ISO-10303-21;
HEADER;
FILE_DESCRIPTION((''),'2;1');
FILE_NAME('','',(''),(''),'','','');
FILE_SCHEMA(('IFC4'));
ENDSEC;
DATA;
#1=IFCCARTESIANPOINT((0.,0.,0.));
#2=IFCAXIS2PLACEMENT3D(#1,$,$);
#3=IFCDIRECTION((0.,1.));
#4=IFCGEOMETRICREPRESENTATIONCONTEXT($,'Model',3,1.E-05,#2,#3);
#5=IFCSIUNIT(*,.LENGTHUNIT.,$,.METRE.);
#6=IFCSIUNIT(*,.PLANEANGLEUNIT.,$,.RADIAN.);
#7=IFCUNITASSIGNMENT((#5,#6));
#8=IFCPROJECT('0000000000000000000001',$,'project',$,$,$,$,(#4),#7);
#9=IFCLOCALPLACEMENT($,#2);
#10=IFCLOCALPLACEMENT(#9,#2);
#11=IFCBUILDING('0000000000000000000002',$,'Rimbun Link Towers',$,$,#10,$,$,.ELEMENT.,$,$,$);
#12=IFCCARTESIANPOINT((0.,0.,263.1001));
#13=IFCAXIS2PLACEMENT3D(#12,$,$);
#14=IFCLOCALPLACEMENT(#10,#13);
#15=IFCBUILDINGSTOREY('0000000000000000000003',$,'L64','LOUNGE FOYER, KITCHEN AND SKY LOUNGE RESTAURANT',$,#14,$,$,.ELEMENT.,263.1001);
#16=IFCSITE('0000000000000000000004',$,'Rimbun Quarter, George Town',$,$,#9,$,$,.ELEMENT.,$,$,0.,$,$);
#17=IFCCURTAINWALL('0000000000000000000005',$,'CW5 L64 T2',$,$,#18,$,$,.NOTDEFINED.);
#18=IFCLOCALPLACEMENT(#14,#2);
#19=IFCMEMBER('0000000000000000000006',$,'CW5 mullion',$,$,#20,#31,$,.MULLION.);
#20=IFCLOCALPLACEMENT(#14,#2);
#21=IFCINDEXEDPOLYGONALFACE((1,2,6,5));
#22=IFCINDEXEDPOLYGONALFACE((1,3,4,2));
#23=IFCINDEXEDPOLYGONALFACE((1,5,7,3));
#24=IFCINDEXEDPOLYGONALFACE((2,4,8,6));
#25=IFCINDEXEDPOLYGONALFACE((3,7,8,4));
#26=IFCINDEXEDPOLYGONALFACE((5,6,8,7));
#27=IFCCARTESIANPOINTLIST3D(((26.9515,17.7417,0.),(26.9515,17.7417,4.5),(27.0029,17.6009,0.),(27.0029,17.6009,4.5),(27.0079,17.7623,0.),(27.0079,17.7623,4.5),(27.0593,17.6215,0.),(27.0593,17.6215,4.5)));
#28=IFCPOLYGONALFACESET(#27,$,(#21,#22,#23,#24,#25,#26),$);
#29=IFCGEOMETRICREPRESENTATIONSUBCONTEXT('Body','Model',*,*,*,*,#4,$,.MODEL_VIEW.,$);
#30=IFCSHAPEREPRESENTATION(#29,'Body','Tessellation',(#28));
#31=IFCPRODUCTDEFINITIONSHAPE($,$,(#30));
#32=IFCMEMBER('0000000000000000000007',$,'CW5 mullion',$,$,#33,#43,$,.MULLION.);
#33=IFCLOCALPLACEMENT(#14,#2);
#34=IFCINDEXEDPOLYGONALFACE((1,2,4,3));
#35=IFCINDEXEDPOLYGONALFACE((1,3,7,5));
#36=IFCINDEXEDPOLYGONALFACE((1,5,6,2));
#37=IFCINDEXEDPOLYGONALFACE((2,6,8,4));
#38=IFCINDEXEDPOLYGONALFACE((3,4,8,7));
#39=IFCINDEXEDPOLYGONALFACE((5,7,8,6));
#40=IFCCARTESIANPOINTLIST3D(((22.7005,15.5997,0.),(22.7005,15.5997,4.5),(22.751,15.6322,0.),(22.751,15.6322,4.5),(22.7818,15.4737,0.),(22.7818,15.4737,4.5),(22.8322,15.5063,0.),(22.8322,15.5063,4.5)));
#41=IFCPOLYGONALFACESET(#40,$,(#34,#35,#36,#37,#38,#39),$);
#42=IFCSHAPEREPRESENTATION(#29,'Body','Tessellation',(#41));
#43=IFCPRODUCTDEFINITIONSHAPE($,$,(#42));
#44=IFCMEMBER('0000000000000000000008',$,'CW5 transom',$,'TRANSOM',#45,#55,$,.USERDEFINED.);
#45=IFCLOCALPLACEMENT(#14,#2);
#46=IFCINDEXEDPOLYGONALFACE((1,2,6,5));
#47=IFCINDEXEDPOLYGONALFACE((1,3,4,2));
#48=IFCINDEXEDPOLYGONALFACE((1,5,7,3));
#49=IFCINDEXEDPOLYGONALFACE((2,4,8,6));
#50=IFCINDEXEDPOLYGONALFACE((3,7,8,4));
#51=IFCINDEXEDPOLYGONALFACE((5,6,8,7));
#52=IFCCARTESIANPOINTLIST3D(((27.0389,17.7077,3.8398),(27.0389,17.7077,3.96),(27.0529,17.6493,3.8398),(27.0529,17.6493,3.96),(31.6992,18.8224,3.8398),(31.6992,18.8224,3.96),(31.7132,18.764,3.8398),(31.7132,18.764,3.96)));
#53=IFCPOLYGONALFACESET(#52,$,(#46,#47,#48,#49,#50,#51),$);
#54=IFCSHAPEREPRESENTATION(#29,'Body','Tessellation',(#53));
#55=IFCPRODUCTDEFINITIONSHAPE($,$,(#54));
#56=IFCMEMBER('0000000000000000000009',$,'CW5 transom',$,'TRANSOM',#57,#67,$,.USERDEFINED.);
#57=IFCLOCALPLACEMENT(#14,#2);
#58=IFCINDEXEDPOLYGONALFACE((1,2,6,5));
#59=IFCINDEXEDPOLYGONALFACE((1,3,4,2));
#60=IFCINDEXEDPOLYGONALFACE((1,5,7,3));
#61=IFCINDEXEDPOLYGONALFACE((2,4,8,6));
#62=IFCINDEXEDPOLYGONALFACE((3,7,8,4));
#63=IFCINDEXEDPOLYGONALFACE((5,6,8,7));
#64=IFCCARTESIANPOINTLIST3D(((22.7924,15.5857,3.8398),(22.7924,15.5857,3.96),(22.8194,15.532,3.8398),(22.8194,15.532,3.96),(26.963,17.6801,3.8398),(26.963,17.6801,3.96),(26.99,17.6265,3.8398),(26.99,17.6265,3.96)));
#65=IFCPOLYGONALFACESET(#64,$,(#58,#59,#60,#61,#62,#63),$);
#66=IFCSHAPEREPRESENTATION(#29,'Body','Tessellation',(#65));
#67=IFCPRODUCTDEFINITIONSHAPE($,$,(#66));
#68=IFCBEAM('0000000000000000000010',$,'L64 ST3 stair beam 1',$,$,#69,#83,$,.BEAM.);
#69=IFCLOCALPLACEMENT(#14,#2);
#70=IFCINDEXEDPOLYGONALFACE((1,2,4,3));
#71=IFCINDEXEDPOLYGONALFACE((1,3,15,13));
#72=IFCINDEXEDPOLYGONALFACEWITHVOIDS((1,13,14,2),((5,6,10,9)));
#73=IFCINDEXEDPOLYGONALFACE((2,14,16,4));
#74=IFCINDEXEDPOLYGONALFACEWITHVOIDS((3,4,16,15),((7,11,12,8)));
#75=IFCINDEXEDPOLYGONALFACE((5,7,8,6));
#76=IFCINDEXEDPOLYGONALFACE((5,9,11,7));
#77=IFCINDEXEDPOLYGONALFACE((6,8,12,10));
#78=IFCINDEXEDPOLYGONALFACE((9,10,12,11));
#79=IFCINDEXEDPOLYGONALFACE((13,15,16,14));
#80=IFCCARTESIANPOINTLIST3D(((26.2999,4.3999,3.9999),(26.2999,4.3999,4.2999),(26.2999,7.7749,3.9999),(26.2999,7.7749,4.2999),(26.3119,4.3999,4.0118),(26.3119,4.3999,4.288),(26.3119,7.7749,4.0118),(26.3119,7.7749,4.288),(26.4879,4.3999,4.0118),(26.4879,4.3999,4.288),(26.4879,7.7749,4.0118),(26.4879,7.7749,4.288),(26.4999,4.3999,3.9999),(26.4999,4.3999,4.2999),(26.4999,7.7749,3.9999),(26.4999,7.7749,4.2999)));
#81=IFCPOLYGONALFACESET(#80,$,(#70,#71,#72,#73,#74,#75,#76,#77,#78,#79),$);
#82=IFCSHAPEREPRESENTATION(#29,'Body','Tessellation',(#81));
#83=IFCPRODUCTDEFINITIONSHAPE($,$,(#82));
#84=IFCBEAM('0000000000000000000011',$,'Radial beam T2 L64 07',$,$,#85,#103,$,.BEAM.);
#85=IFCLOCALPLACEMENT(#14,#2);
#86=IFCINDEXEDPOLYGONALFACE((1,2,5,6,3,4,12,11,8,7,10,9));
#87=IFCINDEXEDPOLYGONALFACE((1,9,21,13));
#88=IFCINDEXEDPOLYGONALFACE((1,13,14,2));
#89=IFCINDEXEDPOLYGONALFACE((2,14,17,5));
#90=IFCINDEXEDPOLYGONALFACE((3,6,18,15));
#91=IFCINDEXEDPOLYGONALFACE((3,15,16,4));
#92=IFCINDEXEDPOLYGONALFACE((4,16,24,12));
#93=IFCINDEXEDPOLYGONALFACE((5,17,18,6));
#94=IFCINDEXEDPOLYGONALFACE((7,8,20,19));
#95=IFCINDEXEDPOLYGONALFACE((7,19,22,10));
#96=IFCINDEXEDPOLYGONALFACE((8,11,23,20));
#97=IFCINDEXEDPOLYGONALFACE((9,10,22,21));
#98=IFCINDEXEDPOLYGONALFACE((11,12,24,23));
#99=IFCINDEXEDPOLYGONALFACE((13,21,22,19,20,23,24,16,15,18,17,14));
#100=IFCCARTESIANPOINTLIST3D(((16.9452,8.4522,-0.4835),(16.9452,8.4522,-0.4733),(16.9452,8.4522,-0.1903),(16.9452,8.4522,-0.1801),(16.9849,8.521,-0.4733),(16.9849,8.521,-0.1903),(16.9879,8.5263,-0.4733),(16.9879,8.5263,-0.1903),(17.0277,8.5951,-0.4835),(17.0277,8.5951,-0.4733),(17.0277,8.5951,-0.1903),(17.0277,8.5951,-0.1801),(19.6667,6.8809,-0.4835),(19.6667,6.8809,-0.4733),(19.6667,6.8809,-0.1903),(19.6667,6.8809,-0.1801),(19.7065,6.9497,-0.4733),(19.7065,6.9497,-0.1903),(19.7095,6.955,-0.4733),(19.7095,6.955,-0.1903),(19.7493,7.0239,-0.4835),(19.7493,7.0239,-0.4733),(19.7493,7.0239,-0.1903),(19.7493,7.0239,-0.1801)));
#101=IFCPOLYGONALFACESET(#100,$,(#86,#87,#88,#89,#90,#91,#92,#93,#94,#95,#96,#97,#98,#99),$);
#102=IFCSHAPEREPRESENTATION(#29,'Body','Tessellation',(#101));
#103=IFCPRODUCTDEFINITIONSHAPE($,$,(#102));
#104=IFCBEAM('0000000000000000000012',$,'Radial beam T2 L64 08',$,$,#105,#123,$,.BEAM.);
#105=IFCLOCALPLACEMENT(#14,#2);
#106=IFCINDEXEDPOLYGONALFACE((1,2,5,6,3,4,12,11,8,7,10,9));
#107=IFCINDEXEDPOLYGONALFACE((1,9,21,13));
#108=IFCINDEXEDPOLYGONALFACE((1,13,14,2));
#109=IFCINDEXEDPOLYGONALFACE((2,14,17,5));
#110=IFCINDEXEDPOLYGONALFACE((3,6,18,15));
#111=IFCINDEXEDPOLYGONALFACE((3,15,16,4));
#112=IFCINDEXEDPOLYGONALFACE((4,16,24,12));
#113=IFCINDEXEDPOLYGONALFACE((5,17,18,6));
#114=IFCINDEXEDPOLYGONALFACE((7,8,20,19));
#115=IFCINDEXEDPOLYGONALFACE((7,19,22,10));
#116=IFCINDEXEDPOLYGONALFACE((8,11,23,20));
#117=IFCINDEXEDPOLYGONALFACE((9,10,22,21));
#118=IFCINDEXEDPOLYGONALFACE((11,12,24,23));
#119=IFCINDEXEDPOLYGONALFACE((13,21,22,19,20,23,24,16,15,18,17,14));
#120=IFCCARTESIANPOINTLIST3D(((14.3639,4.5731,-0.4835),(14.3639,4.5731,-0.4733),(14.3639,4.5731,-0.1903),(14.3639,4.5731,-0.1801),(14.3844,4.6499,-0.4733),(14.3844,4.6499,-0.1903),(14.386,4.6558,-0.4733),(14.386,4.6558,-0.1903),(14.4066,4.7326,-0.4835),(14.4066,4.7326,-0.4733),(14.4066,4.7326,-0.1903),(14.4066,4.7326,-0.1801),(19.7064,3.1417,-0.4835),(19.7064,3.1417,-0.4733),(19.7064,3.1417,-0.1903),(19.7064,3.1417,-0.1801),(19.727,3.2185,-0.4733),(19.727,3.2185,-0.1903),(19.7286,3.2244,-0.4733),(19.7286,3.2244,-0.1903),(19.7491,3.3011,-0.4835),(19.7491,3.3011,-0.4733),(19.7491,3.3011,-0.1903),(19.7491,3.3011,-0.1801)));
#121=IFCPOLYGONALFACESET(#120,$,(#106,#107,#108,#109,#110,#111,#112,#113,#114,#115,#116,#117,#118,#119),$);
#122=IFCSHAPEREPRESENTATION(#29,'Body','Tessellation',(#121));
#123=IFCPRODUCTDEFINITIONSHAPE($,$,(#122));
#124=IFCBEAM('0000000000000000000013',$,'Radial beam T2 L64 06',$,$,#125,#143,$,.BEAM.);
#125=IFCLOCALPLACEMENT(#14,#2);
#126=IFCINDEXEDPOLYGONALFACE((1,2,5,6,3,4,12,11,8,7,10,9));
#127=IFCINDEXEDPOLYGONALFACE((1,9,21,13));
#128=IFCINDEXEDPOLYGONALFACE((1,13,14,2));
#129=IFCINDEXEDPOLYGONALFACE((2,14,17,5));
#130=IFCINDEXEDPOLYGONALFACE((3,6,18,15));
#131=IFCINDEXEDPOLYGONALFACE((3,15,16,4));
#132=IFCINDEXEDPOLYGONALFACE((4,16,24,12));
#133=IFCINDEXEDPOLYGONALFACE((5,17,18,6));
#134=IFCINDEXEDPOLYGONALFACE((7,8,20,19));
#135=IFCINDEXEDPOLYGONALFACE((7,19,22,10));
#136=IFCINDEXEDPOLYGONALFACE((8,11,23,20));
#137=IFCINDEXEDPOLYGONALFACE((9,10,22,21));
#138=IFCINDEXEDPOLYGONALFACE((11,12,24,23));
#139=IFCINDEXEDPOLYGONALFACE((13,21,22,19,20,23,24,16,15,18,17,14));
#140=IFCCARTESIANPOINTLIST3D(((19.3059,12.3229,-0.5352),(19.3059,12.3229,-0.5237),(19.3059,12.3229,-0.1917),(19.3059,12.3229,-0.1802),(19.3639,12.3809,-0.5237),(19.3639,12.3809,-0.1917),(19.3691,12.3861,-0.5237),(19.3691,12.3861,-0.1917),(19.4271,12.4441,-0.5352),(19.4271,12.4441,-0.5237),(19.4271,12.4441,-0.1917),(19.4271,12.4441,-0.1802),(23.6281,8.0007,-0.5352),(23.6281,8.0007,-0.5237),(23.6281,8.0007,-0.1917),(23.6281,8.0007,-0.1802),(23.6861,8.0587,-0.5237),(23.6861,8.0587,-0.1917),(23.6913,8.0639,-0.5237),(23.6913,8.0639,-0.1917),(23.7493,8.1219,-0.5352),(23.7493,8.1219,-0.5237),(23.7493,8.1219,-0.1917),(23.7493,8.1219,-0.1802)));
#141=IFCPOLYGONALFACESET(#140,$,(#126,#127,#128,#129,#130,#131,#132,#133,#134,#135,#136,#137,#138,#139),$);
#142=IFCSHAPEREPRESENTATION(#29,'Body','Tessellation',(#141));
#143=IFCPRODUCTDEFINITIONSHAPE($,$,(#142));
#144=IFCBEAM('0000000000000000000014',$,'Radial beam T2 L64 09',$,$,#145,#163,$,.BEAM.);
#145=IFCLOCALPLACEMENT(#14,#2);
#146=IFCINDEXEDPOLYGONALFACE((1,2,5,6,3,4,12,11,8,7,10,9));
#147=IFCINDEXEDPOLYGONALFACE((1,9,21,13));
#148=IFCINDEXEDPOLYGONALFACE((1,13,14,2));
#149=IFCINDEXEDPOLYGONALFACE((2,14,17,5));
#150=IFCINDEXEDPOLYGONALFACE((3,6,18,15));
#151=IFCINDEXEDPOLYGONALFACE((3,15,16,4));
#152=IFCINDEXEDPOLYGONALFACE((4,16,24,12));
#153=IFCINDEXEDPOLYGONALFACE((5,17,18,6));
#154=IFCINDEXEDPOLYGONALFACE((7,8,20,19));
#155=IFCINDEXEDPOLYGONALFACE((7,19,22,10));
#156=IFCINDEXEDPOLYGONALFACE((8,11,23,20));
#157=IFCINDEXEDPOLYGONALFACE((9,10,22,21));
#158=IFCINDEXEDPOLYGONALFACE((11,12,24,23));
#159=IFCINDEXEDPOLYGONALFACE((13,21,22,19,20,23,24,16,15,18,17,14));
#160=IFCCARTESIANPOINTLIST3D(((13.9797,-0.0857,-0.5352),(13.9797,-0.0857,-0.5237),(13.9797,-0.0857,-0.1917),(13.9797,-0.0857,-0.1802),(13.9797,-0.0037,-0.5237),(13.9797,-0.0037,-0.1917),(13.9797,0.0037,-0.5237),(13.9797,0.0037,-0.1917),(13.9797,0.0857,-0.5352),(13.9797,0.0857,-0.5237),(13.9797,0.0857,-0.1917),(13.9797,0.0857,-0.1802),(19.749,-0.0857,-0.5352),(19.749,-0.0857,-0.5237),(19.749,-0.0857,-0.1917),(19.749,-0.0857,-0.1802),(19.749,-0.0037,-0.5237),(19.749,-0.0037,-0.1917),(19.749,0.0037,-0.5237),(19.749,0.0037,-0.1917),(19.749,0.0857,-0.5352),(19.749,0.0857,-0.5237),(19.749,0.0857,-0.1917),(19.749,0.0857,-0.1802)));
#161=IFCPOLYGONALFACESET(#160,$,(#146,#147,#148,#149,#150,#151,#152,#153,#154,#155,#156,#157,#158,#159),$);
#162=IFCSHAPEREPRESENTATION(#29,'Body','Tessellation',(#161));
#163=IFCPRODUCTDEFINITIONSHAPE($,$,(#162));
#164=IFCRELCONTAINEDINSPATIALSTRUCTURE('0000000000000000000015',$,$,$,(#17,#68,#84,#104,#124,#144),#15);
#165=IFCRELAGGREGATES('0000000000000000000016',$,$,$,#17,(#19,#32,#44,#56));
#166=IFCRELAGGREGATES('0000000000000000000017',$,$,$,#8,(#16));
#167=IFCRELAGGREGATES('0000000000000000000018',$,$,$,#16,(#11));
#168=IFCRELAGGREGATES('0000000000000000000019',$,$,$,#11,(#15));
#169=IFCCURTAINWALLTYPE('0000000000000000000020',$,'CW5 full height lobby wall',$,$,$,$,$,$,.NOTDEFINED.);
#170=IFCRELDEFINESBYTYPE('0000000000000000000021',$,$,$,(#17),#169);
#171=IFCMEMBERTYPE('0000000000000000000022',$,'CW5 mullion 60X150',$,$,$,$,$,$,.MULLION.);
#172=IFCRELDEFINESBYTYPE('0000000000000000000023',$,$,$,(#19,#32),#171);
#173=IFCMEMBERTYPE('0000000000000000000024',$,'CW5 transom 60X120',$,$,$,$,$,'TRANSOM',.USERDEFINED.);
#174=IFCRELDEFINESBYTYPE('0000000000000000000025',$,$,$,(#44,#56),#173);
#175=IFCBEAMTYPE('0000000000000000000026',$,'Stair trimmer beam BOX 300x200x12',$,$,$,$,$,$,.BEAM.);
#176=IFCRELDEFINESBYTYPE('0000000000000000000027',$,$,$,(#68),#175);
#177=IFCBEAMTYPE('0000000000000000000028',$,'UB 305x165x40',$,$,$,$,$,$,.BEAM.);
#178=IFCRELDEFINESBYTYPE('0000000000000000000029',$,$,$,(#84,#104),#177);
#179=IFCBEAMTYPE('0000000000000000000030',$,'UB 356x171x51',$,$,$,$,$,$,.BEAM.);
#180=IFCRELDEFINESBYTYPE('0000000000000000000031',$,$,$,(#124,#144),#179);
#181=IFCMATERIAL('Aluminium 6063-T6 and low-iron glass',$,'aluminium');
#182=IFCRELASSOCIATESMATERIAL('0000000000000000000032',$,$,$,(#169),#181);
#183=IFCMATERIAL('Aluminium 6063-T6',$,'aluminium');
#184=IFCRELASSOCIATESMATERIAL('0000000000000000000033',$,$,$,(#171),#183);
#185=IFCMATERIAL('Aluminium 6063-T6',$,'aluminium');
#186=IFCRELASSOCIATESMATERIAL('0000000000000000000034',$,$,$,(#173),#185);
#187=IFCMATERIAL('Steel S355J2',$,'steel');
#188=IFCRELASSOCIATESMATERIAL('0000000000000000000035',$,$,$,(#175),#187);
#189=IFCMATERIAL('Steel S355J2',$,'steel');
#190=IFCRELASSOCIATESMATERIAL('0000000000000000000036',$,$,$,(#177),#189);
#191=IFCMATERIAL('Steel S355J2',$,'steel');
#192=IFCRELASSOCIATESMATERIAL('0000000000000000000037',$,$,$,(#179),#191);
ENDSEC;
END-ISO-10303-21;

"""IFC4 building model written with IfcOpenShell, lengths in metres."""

from ifc_helpers import new_model, si_unit, direction, frame, origin, origin_2d, place, context, subcontext, project, spatial, rectangle, hollow_rectangle, i_section, extrude, material, material_profile, profile_set, type_object, element, aggregate, save


model = new_model("IFC4")

# Units and contexts
model_context = context("Model", 3, precision=1e-05, world=origin(), true_north=direction((0.0, 1.0)))
body_context = subcontext(model_context, "Body", "Model", "MODEL_VIEW")
ifc_project = project(units=[si_unit("LENGTHUNIT", "METRE"), si_unit("PLANEANGLEUNIT", "RADIAN")], contexts=[model_context])

# Site, building, storey
site_placement = place(None, origin())
site = spatial("IfcSite", under=ifc_project, at=site_placement, Name="Rimbun Quarter, George Town", CompositionType="ELEMENT", RefElevation=0.0)
building_placement = place(site_placement, origin())
building = spatial("IfcBuilding", under=site, at=building_placement, Name="Rimbun Link Towers", CompositionType="ELEMENT")
storey_placement = place(building_placement, frame((0.0, 0.0, 263.1001)))
storey = spatial("IfcBuildingStorey", under=building, at=storey_placement, Name="L64", Description="LOUNGE FOYER, KITCHEN AND SKY LOUNGE RESTAURANT", CompositionType="ELEMENT", Elevation=263.1001)

# Curtain wall, members
ifc_material_1 = material(Name="Aluminium 6063-T6 and low-iron glass", Category="aluminium")
curtain_wall_type = type_object("IfcCurtainWallType", Name="CW5 full height lobby wall", PredefinedType="NOTDEFINED", material=ifc_material_1)
curtain_wall_placement = place(storey_placement, origin())
curtain_wall = element("IfcCurtainWall", 1, at=curtain_wall_placement, inside=storey, type_object=curtain_wall_type, Name="CW5 L64 T2", PredefinedType="NOTDEFINED")
ifc_material_2 = material(Name="Aluminium 6063-T6", Category="aluminium")
ifc_material_profile_1 = material_profile(ifc_material_2, rectangle(XDim=0.1499, YDim=0.0601, at=origin_2d()), Name="MULLION 60X150")
ifc_profile_set_1 = profile_set([ifc_material_profile_1], Name="Aluminium 6063-T6")
member_type_1 = type_object("IfcMemberType", Name="CW5 mullion 60X150", PredefinedType="MULLION", material=ifc_profile_set_1)
member_1_placement = place(storey_placement, frame((27.0054, 17.6816, 0.0), z_axis=(0.0, 0.0, 1.0), x_axis=(-0.342975, 0.939345, 0.0)))
member_1 = element("IfcMember", 2, at=member_1_placement, type_object=member_type_1, Name="CW5 mullion", PredefinedType="MULLION", context=body_context, shape_type="SweptSolid", body=[
    extrude(rectangle(XDim=0.1499, YDim=0.0601, at=origin_2d()), origin(), (0.0, 0.0, 1.0), 4.5),
])
member_2_placement = place(storey_placement, frame((22.7664, 15.553, 0.0), z_axis=(0.0, 0.0, 1.0), x_axis=(-0.542096, 0.840317, 0.0)))
member_2 = element("IfcMember", 3, at=member_2_placement, type_object=member_type_1, Name="CW5 mullion", PredefinedType="MULLION", context=body_context, shape_type="SweptSolid", body=[
    extrude(rectangle(XDim=0.1499, YDim=0.0601, at=origin_2d()), origin(), (0.0, 0.0, 1.0), 4.5),
])
ifc_material_3 = material(Name="Aluminium 6063-T6", Category="aluminium")
ifc_material_profile_2 = material_profile(ifc_material_3, rectangle(XDim=0.0601, YDim=0.1201, at=origin_2d()), Name="TRANSOM 60X120")
ifc_profile_set_2 = profile_set([ifc_material_profile_2], Name="Aluminium 6063-T6")
member_type_2 = type_object("IfcMemberType", Name="CW5 transom 60X120", ElementType="TRANSOM", PredefinedType="USERDEFINED", material=ifc_profile_set_2)
member_3_placement = place(storey_placement, frame((27.0459, 17.6785, 3.8999), z_axis=(0.972565, 0.232633, 0.0), x_axis=(-0.232633, 0.972565, 0.0)))
member_3 = element("IfcMember", 4, at=member_3_placement, type_object=member_type_2, Name="CW5 transom", ObjectType="TRANSOM", PredefinedType="USERDEFINED", context=body_context, shape_type="SweptSolid", body=[
    extrude(rectangle(XDim=0.0601, YDim=0.1201, at=origin_2d()), origin(), (0.0, 0.0, 1.0), 4.7917),
])
member_4_placement = place(storey_placement, frame((22.8059, 15.5588, 3.8999), z_axis=(0.893641, 0.448782, 0.0), x_axis=(-0.448782, 0.893641, 0.0)))
member_4 = element("IfcMember", 5, at=member_4_placement, type_object=member_type_2, Name="CW5 transom", ObjectType="TRANSOM", PredefinedType="USERDEFINED", context=body_context, shape_type="SweptSolid", body=[
    extrude(rectangle(XDim=0.0601, YDim=0.1201, at=origin_2d()), origin(), (0.0, 0.0, 1.0), 4.667),
])

# Beams
ifc_material_4 = material(Name="Steel S355J2", Category="steel")
ifc_material_profile_3 = material_profile(ifc_material_4, hollow_rectangle(XDim=0.2, YDim=0.3, WallThickness=0.012, at=origin_2d()), Name="BOX 300x200x12")
ifc_profile_set_3 = profile_set([ifc_material_profile_3], Name="Steel S355J2")
beam_type_1 = type_object("IfcBeamType", Name="Stair trimmer beam BOX 300x200x12", PredefinedType="BEAM", material=ifc_profile_set_3)
beam_1_placement = place(storey_placement, frame((26.3999, 7.7749, 4.1499), z_axis=(0.0, -1.0, 0.0), x_axis=(1.0, 0.0, 0.0)))
element("IfcBeam", 6, at=beam_1_placement, inside=storey, type_object=beam_type_1, Name="L64 ST3 stair beam 1", PredefinedType="BEAM", context=body_context, shape_type="SweptSolid", body=[
    extrude(hollow_rectangle(XDim=0.2, YDim=0.3, WallThickness=0.012, at=origin_2d()), origin(), (0.0, 0.0, 1.0), 3.375),
])
ifc_material_5 = material(Name="Steel S355J2", Category="steel")
ifc_material_profile_4 = material_profile(ifc_material_5, i_section(OverallWidth=0.165, OverallDepth=0.3035, WebThickness=0.0061, FlangeThickness=0.0103, at=origin_2d()), Name="UB 305x165x40")
ifc_profile_set_4 = profile_set([ifc_material_profile_4], Name="Steel S355J2")
beam_type_2 = type_object("IfcBeamType", Name="UB 305x165x40", PredefinedType="BEAM", material=ifc_profile_set_4)
beam_2_placement = place(storey_placement, frame((19.708, 6.9524, -0.3318), z_axis=(-0.866036, 0.499982, 0.0), x_axis=(-0.499982, -0.866036, 0.0)))
element("IfcBeam", 7, at=beam_2_placement, inside=storey, type_object=beam_type_2, Name="Radial beam T2 L64 07", PredefinedType="BEAM", context=body_context, shape_type="SweptSolid", body=[
    extrude(i_section(OverallWidth=0.165, OverallDepth=0.3035, WebThickness=0.0061, FlangeThickness=0.0103, at=origin_2d()), origin(), (0.0, 0.0, 1.0), 3.1426),
])
beam_3_placement = place(storey_placement, frame((19.7278, 3.2214, -0.3318), z_axis=(-0.965932, 0.258797, 0.0), x_axis=(-0.258797, -0.965932, 0.0)))
element("IfcBeam", 8, at=beam_3_placement, inside=storey, type_object=beam_type_2, Name="Radial beam T2 L64 08", PredefinedType="BEAM", context=body_context, shape_type="SweptSolid", body=[
    extrude(i_section(OverallWidth=0.165, OverallDepth=0.3035, WebThickness=0.0061, FlangeThickness=0.0103, at=origin_2d()), origin(), (0.0, 0.0, 1.0), 5.531),
])
ifc_material_6 = material(Name="Steel S355J2", Category="steel")
ifc_material_profile_5 = material_profile(ifc_material_6, i_section(OverallWidth=0.1714, OverallDepth=0.355, WebThickness=0.0073, FlangeThickness=0.0115, at=origin_2d()), Name="UB 356x171x51")
ifc_profile_set_5 = profile_set([ifc_material_profile_5], Name="Steel S355J2")
beam_type_3 = type_object("IfcBeamType", Name="UB 356x171x51", PredefinedType="BEAM", material=ifc_profile_set_5)
beam_4_placement = place(storey_placement, frame((23.6887, 8.0613, -0.3577), z_axis=(-0.707107, 0.707107, 0.0), x_axis=(-0.707107, -0.707107, 0.0)))
element("IfcBeam", 9, at=beam_4_placement, inside=storey, type_object=beam_type_3, Name="Radial beam T2 L64 06", PredefinedType="BEAM", context=body_context, shape_type="SweptSolid", body=[
    extrude(i_section(OverallWidth=0.1714, OverallDepth=0.355, WebThickness=0.0073, FlangeThickness=0.0115, at=origin_2d()), origin(), (0.0, 0.0, 1.0), 6.1125),
])
beam_5_placement = place(storey_placement, frame((19.749, 0.0, -0.3577), z_axis=(-1.0, 0.0, 0.0), x_axis=(0.0, -1.0, 0.0)))
element("IfcBeam", 10, at=beam_5_placement, inside=storey, type_object=beam_type_3, Name="Radial beam T2 L64 09", PredefinedType="BEAM", context=body_context, shape_type="SweptSolid", body=[
    extrude(i_section(OverallWidth=0.1714, OverallDepth=0.355, WebThickness=0.0073, FlangeThickness=0.0115, at=origin_2d()), origin(), (0.0, 0.0, 1.0), 5.7693),
])

aggregate(curtain_wall, [member_1, member_2, member_3, member_4])

save(model, "model.ifc")
